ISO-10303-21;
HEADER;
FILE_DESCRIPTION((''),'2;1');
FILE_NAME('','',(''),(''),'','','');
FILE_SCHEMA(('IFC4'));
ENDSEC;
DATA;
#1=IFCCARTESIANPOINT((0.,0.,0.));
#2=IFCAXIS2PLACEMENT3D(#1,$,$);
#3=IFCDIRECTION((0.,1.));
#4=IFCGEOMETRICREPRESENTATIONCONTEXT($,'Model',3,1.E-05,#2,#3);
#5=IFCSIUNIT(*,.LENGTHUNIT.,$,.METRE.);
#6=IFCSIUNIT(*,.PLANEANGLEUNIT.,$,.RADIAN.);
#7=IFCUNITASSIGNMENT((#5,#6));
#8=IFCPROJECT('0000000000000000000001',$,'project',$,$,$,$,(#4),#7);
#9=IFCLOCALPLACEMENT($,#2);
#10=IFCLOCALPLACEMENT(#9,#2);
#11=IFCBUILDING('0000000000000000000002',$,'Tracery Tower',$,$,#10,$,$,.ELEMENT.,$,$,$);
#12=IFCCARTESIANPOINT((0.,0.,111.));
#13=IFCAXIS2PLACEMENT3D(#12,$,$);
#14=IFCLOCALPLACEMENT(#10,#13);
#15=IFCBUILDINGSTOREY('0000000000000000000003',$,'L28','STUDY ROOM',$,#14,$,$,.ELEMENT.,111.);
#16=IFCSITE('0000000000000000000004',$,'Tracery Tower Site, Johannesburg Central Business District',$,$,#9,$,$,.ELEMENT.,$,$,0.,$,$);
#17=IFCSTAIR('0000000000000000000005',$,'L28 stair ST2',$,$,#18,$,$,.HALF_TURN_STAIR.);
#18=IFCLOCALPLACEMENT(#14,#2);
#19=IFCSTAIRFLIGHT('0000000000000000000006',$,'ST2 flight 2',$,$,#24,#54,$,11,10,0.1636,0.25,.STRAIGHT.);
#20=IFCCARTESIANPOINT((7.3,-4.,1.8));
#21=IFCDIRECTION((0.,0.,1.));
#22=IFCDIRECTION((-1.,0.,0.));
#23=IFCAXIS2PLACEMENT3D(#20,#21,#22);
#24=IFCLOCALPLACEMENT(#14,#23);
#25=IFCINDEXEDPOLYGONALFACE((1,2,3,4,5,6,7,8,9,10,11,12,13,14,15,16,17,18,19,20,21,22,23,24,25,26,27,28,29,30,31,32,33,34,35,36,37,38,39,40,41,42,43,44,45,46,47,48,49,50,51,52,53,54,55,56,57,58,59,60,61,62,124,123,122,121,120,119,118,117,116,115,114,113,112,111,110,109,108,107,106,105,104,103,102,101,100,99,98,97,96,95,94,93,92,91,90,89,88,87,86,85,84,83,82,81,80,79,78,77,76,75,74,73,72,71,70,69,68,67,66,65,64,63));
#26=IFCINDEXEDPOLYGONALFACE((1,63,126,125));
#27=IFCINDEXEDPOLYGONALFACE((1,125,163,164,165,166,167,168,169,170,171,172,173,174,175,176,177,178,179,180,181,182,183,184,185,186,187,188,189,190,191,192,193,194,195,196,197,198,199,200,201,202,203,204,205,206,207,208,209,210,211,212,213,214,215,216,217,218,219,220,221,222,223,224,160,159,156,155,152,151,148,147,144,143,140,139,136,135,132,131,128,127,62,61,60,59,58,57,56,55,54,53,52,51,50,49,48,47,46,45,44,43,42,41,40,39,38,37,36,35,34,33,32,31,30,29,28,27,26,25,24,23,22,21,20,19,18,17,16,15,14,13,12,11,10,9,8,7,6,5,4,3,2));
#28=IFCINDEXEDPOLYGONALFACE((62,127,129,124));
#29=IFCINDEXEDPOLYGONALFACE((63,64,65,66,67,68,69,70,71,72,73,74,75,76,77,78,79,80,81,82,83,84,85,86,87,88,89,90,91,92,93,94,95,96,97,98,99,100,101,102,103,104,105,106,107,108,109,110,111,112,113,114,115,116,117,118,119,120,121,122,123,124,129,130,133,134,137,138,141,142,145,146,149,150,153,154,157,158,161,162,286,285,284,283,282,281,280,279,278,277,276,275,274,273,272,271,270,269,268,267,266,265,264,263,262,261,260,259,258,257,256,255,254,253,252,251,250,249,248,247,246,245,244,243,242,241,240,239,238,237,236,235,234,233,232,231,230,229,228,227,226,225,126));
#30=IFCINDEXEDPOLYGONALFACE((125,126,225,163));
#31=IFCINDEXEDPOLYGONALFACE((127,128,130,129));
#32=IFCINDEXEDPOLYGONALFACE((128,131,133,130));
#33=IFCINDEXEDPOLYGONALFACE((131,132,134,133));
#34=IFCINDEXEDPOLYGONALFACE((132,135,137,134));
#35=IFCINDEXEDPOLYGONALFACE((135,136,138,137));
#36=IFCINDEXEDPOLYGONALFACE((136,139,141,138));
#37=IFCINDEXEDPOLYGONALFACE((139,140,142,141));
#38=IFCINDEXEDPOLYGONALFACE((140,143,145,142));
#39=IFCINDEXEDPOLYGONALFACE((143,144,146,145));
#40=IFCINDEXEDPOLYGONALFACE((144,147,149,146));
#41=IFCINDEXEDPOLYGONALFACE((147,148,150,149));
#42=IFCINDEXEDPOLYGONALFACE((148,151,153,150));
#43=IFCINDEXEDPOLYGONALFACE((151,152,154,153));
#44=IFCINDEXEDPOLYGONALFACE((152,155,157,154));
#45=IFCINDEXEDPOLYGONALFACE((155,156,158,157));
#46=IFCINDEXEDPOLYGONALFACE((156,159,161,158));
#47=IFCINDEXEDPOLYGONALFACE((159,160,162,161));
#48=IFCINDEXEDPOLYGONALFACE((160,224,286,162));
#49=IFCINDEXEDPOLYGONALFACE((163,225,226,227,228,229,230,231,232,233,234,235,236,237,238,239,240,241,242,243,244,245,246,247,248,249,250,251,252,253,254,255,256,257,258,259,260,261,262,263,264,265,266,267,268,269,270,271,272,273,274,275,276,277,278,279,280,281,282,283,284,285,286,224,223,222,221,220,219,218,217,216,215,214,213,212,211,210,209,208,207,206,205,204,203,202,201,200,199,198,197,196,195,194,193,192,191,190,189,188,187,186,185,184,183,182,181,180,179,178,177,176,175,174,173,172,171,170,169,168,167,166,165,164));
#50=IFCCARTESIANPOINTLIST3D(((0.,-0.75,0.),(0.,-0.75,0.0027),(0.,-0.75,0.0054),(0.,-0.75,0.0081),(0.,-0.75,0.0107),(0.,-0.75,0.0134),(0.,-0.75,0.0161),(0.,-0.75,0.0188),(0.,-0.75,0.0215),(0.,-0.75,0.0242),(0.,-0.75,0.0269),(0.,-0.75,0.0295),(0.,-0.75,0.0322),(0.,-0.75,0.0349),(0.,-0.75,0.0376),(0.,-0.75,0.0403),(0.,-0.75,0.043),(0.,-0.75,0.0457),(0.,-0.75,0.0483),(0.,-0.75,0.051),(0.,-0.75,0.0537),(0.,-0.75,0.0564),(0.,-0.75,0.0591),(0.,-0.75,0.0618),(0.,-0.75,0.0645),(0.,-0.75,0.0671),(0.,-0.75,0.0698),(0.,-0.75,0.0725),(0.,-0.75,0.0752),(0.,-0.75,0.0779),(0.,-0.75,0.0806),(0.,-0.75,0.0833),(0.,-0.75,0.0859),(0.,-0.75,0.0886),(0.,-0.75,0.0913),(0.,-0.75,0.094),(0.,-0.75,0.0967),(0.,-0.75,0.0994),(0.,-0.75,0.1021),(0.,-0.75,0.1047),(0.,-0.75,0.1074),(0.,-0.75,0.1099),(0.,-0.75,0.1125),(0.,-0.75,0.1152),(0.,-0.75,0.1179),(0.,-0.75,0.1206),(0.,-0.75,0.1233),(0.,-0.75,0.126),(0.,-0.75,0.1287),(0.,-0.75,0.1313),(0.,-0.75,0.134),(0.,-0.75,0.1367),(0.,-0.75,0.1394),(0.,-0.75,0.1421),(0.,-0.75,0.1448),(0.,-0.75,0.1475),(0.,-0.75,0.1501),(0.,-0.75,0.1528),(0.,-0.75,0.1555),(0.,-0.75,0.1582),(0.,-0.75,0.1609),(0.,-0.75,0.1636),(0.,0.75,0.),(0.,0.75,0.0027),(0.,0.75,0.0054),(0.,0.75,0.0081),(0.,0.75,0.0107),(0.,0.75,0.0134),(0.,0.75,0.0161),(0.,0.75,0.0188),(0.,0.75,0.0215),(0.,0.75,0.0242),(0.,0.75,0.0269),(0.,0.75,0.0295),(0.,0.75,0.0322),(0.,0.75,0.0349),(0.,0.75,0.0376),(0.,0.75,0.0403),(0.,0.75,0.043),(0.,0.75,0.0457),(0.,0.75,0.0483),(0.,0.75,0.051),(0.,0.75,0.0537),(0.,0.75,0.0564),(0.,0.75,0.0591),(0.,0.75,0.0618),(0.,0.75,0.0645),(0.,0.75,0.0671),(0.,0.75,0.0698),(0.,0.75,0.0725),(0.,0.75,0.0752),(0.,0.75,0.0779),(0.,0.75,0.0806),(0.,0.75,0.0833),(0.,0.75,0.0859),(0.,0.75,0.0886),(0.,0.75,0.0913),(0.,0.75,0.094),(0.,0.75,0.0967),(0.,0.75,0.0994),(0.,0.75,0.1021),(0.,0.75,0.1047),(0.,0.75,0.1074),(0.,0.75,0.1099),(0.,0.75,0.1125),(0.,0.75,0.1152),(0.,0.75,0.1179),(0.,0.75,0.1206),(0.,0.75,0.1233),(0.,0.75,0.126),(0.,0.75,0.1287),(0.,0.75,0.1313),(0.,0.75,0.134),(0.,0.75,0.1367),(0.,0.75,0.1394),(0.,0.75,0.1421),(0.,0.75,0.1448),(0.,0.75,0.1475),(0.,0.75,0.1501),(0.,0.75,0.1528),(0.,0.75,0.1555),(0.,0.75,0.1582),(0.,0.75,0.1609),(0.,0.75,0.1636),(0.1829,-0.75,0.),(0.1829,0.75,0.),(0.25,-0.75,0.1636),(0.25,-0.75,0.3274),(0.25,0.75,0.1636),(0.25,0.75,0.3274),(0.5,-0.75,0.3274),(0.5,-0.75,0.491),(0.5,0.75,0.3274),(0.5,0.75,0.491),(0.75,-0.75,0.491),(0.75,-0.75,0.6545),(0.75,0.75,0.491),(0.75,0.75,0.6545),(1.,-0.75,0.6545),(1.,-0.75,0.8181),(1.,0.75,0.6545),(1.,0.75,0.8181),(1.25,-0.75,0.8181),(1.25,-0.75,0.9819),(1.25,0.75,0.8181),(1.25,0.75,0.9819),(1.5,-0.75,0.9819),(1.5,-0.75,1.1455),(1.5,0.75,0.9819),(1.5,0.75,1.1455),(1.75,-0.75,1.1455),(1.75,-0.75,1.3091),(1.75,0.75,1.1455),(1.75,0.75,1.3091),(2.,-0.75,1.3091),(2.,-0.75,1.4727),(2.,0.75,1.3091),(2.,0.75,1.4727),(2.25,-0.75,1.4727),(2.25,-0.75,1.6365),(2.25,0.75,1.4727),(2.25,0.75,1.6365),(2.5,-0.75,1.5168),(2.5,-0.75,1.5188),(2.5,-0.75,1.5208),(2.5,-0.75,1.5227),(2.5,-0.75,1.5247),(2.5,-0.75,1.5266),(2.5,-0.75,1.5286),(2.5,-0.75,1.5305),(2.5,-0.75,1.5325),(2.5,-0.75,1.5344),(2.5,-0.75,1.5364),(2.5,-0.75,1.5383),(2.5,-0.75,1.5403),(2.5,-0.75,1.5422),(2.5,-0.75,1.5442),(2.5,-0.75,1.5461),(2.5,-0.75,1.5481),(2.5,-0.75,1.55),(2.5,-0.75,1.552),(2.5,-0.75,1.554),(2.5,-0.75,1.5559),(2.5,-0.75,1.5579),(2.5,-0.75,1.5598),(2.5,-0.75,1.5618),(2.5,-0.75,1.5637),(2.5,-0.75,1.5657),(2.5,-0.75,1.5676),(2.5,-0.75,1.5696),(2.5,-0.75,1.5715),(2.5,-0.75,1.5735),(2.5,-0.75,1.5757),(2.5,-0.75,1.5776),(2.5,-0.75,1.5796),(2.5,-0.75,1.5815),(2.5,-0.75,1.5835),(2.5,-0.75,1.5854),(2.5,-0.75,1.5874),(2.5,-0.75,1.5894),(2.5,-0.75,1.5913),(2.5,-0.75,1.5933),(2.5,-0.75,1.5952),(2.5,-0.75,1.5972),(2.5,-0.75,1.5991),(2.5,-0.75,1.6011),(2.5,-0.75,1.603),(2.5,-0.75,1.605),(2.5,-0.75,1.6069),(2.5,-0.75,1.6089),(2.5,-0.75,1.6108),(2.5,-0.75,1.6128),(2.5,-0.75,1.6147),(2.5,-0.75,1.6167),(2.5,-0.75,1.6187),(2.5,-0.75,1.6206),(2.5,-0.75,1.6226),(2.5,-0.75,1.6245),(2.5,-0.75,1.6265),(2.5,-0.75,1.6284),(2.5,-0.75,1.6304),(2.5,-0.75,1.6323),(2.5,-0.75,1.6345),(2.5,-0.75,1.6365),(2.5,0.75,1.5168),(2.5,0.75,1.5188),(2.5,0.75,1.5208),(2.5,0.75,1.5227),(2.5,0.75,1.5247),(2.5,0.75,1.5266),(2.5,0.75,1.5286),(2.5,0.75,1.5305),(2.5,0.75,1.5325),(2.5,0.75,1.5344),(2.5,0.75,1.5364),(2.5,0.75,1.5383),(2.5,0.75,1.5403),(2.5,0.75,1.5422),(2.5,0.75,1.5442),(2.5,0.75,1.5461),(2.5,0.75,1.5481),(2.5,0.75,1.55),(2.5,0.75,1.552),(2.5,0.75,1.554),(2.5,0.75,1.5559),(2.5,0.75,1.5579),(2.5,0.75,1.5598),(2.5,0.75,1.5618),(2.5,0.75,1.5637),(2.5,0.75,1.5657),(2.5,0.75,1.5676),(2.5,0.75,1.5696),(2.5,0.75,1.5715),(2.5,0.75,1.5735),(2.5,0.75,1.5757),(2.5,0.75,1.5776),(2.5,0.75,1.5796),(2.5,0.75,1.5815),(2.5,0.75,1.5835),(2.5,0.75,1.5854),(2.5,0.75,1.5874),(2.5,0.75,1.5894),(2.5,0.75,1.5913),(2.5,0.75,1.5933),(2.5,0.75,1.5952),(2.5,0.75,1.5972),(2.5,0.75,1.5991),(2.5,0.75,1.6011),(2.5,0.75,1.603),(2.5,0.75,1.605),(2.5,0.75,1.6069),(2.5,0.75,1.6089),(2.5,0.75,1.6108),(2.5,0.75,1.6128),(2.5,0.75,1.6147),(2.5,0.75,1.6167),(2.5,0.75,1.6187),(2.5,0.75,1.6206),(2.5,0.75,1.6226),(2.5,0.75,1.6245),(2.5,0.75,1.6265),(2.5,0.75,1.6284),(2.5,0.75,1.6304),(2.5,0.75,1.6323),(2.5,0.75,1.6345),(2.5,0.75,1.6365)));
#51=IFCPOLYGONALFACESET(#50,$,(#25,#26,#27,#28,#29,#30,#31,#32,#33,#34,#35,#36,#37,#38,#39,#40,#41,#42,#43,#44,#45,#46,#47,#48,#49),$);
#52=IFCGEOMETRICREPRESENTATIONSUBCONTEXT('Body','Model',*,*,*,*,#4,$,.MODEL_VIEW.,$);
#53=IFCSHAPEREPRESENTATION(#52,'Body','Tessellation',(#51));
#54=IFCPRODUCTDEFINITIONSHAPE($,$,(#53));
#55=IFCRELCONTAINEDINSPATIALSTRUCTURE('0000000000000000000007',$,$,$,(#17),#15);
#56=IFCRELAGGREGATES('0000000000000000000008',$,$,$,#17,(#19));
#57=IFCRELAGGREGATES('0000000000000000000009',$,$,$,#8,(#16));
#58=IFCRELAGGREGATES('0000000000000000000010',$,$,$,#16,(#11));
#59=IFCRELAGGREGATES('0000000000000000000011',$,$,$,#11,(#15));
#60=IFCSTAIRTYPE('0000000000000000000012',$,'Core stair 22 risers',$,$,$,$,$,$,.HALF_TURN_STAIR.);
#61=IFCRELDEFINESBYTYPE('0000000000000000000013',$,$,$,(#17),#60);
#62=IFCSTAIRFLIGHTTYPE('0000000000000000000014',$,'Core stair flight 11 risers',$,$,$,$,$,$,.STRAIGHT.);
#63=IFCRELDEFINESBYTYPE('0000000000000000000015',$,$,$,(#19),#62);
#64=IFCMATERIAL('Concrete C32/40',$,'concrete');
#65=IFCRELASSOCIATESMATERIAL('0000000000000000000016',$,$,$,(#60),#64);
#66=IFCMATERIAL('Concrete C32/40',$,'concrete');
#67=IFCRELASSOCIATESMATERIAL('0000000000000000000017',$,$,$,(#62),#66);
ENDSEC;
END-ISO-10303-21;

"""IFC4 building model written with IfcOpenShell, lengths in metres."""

from ifc_helpers import new_model, si_unit, direction, frame, origin, place, context, subcontext, project, spatial, polyline, outline, extrude, material, type_object, element, aggregate, save


model = new_model("IFC4")

# Units and contexts
model_context = context("Model", 3, precision=1e-05, world=origin(), true_north=direction((0.0, 1.0)))
body_context = subcontext(model_context, "Body", "Model", "MODEL_VIEW")
ifc_project = project(units=[si_unit("LENGTHUNIT", "METRE"), si_unit("PLANEANGLEUNIT", "RADIAN")], contexts=[model_context])

# Site, building, storey
site_placement = place(None, origin())
site = spatial("IfcSite", under=ifc_project, at=site_placement, Name="Tracery Tower Site, Johannesburg Central Business District", CompositionType="ELEMENT", RefElevation=0.0)
building_placement = place(site_placement, origin())
building = spatial("IfcBuilding", under=site, at=building_placement, Name="Tracery Tower", CompositionType="ELEMENT")
storey_placement = place(building_placement, frame((0.0, 0.0, 111.0)))
storey = spatial("IfcBuildingStorey", under=building, at=storey_placement, Name="L28", Description="STUDY ROOM", CompositionType="ELEMENT", Elevation=111.0)

# Shared definitions
ifc_material_1 = material(Name="Concrete C32/40", Category="concrete")
stair_type = type_object("IfcStairType", Name="Core stair 22 risers", PredefinedType="HALF_TURN_STAIR", material=ifc_material_1)

# Stair, stair flight
stair_1_placement = place(storey_placement, origin())
stair_1 = element("IfcStair", 1, at=stair_1_placement, inside=storey, type_object=stair_type, Name="L28 stair ST2", PredefinedType="HALF_TURN_STAIR")
ifc_material_2 = material(Name="Concrete C32/40", Category="concrete")
stair_flight_type = type_object("IfcStairFlightType", Name="Core stair flight 11 risers", PredefinedType="STRAIGHT", material=ifc_material_2)
stair_flight_1_placement = place(storey_placement, frame((7.3, -4.0, 1.8), z_axis=(0.0, 0.0, 1.0), x_axis=(-1.0, 0.0, 0.0)))
stair_flight_1 = element("IfcStairFlight", 2, at=stair_flight_1_placement, type_object=stair_flight_type, Name="ST2 flight 2", NumberOfRisers=11, NumberOfTreads=10, PredefinedType="STRAIGHT", RiserHeight=0.1636, TreadLength=0.25, context=body_context, shape_type="SweptSolid", body=[
    extrude(outline(polyline([(0.0, 0.0), (0.0, 0.0027), (0.0, 0.0054), (0.0, 0.0081), (0.0, 0.0107), (0.0, 0.0134), (0.0, 0.0161), (0.0, 0.0188), (0.0, 0.0215), (0.0, 0.0242), (0.0, 0.0269), (0.0, 0.0295), (0.0, 0.0322), (0.0, 0.0349), (0.0, 0.0376), (0.0, 0.0403), (0.0, 0.043), (0.0, 0.0457), (0.0, 0.0483), (0.0, 0.051), (0.0, 0.0537), (0.0, 0.0564), (0.0, 0.0591), (0.0, 0.0618), (0.0, 0.0645), (0.0, 0.0671), (0.0, 0.0698), (0.0, 0.0725), (0.0, 0.0752), (0.0, 0.0779), (0.0, 0.0806), (0.0, 0.0833), (0.0, 0.0859), (0.0, 0.0886), (0.0, 0.0913), (0.0, 0.094), (0.0, 0.0967), (0.0, 0.0994), (0.0, 0.1021), (0.0, 0.1047), (0.0, 0.1074), (0.0, 0.1099), (0.0, 0.1125), (0.0, 0.1152), (0.0, 0.1179), (0.0, 0.1206), (0.0, 0.1233), (0.0, 0.126), (0.0, 0.1287), (0.0, 0.1313), (0.0, 0.134), (0.0, 0.1367), (0.0, 0.1394), (0.0, 0.1421), (0.0, 0.1448), (0.0, 0.1475), (0.0, 0.1501), (0.0, 0.1528), (0.0, 0.1555), (0.0, 0.1582), (0.0, 0.1609), (0.0, 0.1636), (0.25, 0.1636), (0.25, 0.3274), (0.5, 0.3274), (0.5, 0.491), (0.75, 0.491), (0.75, 0.6545), (1.0, 0.6545), (1.0, 0.8181), (1.25, 0.8181), (1.25, 0.9819), (1.5, 0.9819), (1.5, 1.1455), (1.75, 1.1455), (1.75, 1.3091), (2.0, 1.3091), (2.0, 1.4727), (2.25, 1.4727), (2.25, 1.6365), (2.5, 1.6365), (2.5, 1.6345), (2.5, 1.6323), (2.5, 1.6304), (2.5, 1.6284), (2.5, 1.6265), (2.5, 1.6245), (2.5, 1.6226), (2.5, 1.6206), (2.5, 1.6187), (2.5, 1.6167), (2.5, 1.6147), (2.5, 1.6128), (2.5, 1.6108), (2.5, 1.6089), (2.5, 1.6069), (2.5, 1.605), (2.5, 1.603), (2.5, 1.6011), (2.5, 1.5991), (2.5, 1.5972), (2.5, 1.5952), (2.5, 1.5933), (2.5, 1.5913), (2.5, 1.5894), (2.5, 1.5874), (2.5, 1.5854), (2.5, 1.5835), (2.5, 1.5815), (2.5, 1.5796), (2.5, 1.5776), (2.5, 1.5757), (2.5, 1.5735), (2.5, 1.5715), (2.5, 1.5696), (2.5, 1.5676), (2.5, 1.5657), (2.5, 1.5637), (2.5, 1.5618), (2.5, 1.5598), (2.5, 1.5579), (2.5, 1.5559), (2.5, 1.554), (2.5, 1.552), (2.5, 1.55), (2.5, 1.5481), (2.5, 1.5461), (2.5, 1.5442), (2.5, 1.5422), (2.5, 1.5403), (2.5, 1.5383), (2.5, 1.5364), (2.5, 1.5344), (2.5, 1.5325), (2.5, 1.5305), (2.5, 1.5286), (2.5, 1.5266), (2.5, 1.5247), (2.5, 1.5227), (2.5, 1.5208), (2.5, 1.5188), (2.5, 1.5168), (0.1829, 0.0), (0.0, 0.0)])), frame((0.0, 0.75, 0.0), z_axis=(0.0, -1.0, 0.0), x_axis=(1.0, 0.0, 0.0)), (0.0, 0.0, 1.0), 1.5),
])
aggregate(stair_1, [stair_flight_1])

save(model, "model.ifc")
